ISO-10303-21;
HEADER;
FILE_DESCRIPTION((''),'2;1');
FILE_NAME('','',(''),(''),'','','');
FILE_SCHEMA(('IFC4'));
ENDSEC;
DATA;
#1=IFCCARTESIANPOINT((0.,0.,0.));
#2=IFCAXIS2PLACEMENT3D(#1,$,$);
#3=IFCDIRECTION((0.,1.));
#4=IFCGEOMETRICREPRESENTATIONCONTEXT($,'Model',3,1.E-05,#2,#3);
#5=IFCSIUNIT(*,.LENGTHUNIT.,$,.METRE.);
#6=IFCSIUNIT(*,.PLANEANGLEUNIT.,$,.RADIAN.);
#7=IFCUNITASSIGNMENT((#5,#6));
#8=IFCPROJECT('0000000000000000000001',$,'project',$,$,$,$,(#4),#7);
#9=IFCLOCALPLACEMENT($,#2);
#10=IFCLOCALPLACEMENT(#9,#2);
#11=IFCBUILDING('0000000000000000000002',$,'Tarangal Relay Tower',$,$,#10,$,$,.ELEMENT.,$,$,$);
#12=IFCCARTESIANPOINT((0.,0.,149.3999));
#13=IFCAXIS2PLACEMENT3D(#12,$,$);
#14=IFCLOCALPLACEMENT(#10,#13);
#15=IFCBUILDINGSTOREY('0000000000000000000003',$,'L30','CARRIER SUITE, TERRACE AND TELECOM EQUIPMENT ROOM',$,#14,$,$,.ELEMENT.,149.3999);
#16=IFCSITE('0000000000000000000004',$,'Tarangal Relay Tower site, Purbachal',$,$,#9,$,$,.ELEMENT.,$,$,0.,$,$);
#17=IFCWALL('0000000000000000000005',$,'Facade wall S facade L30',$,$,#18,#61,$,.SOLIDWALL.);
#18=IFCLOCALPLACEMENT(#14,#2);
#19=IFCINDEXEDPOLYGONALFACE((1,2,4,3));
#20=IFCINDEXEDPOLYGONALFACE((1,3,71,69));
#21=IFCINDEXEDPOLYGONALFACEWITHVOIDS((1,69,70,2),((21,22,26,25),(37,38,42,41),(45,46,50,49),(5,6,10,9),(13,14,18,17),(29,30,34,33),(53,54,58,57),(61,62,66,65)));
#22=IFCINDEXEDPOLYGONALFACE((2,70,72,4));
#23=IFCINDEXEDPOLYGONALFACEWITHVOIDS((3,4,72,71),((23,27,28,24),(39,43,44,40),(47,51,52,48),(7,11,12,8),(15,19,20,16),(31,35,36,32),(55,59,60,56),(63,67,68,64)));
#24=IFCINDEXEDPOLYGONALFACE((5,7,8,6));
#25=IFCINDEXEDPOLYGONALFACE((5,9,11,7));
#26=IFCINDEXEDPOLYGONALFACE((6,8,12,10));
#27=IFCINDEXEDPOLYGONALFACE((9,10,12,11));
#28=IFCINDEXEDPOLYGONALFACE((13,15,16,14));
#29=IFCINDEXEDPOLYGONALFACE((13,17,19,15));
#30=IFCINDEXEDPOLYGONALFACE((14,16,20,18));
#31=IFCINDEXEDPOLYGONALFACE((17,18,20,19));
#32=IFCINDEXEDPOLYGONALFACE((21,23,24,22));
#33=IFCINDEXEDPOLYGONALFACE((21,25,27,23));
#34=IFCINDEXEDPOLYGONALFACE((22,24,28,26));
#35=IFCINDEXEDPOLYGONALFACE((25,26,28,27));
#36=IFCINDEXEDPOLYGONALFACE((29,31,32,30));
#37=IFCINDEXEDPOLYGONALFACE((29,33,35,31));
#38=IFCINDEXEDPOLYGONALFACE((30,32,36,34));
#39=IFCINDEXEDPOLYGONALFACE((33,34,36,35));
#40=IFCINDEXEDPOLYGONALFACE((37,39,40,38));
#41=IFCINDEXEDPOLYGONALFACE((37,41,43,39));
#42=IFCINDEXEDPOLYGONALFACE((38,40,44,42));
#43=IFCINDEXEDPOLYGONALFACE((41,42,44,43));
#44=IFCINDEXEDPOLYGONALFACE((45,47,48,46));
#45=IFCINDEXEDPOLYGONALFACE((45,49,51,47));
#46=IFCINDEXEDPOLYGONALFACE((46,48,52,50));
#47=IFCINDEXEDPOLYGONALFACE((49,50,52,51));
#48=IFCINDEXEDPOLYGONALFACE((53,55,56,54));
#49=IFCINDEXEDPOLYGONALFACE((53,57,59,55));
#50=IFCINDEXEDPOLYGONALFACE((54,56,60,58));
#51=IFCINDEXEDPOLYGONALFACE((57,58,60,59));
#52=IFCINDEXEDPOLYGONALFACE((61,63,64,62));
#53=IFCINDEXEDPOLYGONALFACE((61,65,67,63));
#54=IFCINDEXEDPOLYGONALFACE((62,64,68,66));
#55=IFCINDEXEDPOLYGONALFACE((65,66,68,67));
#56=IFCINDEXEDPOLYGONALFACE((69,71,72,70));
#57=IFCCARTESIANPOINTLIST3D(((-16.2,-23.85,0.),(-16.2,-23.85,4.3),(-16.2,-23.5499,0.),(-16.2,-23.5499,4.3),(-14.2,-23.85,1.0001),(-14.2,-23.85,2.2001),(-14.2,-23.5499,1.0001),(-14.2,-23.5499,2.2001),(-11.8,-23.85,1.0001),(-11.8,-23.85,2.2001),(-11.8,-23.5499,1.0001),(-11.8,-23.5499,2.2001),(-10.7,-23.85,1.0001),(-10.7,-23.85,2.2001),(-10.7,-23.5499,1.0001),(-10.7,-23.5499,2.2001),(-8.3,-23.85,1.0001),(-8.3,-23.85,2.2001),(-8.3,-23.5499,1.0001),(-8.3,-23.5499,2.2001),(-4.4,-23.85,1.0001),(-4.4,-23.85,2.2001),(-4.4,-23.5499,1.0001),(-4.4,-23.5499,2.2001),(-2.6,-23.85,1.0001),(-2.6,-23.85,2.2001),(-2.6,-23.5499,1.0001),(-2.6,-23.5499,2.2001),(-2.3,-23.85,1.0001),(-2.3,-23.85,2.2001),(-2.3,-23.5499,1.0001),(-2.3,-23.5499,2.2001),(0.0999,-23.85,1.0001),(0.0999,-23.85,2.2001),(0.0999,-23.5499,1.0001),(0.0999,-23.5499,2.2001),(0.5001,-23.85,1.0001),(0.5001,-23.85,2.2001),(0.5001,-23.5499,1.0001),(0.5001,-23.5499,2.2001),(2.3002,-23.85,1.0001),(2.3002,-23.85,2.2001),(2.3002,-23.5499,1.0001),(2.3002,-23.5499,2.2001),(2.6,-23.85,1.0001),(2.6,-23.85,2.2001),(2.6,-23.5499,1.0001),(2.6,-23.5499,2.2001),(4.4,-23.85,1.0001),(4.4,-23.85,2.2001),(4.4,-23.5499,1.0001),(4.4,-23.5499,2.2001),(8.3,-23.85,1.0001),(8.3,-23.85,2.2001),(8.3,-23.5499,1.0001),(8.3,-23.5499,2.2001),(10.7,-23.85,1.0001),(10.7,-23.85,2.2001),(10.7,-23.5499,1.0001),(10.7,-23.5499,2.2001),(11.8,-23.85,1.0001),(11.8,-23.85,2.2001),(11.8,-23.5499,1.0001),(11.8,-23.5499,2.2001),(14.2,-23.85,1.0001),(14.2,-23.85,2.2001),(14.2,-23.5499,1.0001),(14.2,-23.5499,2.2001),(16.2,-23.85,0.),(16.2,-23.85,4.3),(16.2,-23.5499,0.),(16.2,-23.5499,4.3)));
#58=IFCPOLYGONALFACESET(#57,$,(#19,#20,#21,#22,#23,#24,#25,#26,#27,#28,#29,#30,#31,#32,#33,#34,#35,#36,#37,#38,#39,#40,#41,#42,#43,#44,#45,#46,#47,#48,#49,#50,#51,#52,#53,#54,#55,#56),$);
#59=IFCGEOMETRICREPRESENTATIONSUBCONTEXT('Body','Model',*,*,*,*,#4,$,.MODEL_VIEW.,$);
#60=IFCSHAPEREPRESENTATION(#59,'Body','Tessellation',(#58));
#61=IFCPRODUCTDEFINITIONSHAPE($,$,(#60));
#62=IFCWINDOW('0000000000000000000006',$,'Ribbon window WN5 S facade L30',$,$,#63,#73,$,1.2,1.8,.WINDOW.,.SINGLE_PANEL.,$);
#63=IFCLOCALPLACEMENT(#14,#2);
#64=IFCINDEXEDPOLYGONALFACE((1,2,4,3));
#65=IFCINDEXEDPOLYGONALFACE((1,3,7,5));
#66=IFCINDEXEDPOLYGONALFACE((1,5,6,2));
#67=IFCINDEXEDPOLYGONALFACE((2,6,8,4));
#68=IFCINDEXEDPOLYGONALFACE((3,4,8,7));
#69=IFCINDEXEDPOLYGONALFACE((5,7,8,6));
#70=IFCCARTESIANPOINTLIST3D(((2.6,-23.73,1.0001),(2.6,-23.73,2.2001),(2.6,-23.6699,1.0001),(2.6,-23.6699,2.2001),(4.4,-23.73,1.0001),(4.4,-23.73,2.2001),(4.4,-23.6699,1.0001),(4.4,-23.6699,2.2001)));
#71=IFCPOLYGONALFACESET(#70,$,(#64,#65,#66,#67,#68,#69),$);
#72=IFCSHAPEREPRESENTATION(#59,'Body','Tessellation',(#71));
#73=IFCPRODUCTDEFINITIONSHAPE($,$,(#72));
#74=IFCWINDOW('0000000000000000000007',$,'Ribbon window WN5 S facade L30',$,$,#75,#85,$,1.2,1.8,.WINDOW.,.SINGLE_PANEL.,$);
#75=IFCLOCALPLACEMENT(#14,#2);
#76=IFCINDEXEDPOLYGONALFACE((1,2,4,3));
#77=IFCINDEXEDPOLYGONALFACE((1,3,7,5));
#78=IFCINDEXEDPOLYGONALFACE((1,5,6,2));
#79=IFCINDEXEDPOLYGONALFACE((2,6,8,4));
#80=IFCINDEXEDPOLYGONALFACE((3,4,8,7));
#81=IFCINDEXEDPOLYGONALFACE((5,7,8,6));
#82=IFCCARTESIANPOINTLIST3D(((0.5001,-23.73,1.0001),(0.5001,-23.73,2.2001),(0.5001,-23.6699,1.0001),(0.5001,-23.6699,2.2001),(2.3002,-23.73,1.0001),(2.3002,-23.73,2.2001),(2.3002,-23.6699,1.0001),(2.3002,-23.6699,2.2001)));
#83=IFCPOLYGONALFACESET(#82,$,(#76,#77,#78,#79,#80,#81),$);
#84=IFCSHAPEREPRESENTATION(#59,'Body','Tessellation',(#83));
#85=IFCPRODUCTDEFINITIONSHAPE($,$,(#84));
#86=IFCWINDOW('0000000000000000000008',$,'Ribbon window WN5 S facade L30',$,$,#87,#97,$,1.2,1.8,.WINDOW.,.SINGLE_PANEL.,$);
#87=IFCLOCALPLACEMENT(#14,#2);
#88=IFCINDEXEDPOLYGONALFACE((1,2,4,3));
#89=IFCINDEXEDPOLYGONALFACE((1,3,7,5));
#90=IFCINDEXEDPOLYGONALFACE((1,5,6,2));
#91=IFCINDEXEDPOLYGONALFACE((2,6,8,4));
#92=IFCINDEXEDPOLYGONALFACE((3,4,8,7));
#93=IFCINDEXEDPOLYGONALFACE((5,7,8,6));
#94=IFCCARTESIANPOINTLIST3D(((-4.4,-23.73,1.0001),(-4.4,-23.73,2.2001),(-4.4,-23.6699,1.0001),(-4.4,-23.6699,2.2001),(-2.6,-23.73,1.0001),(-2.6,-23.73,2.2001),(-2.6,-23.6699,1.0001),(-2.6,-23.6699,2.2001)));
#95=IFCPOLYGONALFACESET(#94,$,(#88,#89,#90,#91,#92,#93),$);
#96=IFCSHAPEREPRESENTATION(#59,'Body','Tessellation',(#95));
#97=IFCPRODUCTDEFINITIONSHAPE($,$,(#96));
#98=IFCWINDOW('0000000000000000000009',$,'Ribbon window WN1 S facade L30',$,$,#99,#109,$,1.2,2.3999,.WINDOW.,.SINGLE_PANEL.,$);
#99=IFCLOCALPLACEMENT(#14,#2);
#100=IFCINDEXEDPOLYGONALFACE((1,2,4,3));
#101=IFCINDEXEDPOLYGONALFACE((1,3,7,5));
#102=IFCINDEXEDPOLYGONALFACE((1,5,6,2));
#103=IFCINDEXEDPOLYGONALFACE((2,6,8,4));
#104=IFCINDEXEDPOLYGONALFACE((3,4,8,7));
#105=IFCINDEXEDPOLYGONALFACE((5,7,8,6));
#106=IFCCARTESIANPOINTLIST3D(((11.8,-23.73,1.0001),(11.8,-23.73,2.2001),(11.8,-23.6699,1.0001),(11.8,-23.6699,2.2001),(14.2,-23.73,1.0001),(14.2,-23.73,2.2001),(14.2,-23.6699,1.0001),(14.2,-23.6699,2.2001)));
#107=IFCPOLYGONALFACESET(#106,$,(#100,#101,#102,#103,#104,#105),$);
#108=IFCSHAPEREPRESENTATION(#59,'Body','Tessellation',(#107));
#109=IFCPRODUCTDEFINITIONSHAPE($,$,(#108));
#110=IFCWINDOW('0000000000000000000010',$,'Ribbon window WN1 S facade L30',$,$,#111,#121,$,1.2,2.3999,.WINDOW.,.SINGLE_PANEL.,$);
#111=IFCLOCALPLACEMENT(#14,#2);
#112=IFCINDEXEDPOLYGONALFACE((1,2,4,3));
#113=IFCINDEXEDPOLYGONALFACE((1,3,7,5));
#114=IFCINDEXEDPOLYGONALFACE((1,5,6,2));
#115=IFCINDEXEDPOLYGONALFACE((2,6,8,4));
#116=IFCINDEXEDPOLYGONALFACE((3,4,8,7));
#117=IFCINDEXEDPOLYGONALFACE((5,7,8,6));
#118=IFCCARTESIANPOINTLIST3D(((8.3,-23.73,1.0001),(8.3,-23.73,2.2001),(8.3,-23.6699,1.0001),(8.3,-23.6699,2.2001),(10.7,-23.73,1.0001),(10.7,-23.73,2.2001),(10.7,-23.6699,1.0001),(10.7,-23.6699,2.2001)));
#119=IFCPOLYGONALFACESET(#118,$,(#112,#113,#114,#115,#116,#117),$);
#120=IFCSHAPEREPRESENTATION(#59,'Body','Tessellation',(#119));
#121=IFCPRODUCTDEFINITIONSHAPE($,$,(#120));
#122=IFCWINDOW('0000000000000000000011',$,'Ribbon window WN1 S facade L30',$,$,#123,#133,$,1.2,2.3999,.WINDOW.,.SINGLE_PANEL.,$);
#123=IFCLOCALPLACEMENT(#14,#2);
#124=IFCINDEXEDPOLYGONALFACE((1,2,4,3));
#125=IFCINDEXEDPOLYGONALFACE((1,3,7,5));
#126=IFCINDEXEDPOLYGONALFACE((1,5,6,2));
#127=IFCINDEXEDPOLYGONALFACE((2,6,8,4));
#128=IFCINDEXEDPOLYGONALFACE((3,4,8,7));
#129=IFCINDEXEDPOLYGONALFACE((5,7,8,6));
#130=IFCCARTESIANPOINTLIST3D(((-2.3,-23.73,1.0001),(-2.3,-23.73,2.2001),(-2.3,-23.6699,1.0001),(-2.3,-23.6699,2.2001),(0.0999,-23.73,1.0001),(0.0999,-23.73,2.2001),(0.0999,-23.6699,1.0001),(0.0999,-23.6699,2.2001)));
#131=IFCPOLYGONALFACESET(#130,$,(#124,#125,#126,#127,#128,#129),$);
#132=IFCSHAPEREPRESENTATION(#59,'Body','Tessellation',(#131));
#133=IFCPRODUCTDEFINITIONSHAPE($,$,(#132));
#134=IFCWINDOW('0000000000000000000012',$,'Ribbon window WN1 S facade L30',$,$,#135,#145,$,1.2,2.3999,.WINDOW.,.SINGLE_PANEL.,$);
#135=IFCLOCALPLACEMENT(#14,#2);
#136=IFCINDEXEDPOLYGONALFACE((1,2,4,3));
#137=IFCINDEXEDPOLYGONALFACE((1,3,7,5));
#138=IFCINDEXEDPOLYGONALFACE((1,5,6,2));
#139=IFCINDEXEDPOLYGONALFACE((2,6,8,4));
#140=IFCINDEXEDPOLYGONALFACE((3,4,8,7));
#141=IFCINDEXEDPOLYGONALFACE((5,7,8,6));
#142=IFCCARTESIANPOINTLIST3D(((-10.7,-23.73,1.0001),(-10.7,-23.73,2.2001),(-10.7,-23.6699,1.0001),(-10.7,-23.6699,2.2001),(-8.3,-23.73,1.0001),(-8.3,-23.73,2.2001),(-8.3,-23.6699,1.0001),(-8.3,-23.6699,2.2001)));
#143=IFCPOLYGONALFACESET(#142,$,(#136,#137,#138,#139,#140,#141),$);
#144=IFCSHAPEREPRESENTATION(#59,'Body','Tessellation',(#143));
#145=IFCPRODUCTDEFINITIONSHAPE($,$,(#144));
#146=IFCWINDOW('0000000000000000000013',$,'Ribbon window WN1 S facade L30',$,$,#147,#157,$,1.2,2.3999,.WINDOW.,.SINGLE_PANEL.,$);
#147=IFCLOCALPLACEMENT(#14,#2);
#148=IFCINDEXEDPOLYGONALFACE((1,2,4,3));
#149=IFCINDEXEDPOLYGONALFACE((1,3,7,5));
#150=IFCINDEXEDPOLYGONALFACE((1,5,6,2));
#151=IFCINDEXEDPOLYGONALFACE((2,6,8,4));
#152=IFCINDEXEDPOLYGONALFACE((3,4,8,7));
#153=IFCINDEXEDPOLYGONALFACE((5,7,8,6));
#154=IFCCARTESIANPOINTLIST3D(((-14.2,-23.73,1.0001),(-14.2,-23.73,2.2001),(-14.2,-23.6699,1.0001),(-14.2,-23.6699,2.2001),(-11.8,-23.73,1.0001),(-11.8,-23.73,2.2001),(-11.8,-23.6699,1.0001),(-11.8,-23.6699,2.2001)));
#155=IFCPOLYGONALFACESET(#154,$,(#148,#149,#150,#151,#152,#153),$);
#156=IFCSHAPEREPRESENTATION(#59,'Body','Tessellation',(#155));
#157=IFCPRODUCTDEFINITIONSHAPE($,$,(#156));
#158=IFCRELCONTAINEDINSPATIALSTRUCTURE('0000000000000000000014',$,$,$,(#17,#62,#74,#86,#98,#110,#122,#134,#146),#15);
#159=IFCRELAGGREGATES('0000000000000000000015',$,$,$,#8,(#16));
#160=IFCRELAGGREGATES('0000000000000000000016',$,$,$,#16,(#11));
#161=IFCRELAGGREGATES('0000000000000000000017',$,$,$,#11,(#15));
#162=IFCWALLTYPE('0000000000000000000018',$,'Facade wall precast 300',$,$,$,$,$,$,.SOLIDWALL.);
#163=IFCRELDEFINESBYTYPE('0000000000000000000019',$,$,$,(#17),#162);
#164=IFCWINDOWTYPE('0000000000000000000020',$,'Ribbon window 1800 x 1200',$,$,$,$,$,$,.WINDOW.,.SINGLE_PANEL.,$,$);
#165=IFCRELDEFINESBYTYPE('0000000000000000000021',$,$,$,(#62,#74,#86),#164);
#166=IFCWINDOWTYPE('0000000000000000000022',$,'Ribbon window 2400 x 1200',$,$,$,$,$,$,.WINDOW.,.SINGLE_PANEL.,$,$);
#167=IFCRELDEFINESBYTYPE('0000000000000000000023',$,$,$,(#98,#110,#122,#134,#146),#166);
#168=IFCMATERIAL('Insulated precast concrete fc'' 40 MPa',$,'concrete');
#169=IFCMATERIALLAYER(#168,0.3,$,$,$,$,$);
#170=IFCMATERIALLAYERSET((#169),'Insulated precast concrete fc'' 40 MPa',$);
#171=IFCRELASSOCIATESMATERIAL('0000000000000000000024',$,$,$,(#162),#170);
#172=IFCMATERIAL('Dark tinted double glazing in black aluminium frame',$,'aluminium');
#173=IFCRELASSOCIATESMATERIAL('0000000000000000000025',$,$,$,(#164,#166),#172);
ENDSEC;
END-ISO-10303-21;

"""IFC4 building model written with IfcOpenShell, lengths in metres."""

from ifc_helpers import new_model, si_unit, direction, frame, frame_2d, origin, place, context, subcontext, project, spatial, rectangle, extrude, material, layer, layer_set, type_object, element, fill, save


model = new_model("IFC4")

# Units and contexts
model_context = context("Model", 3, precision=1e-05, world=origin(), true_north=direction((0.0, 1.0)))
body_context = subcontext(model_context, "Body", "Model", "MODEL_VIEW")
ifc_project = project(units=[si_unit("LENGTHUNIT", "METRE"), si_unit("PLANEANGLEUNIT", "RADIAN")], contexts=[model_context])

# Site, building, storey
site_placement = place(None, origin())
site = spatial("IfcSite", under=ifc_project, at=site_placement, Name="Tarangal Relay Tower site, Purbachal", CompositionType="ELEMENT", RefElevation=0.0)
building_placement = place(site_placement, origin())
building = spatial("IfcBuilding", under=site, at=building_placement, Name="Tarangal Relay Tower", CompositionType="ELEMENT")
storey_placement = place(building_placement, frame((0.0, 0.0, 149.3999)))
storey = spatial("IfcBuildingStorey", under=building, at=storey_placement, Name="L30", Description="CARRIER SUITE, TERRACE AND TELECOM EQUIPMENT ROOM", CompositionType="ELEMENT", Elevation=149.3999)

# Shared definitions
ifc_material_1 = material(Name="Insulated precast concrete fc' 40 MPa", Category="concrete")
ifc_layer_1 = layer(ifc_material_1, 0.3)
ifc_layer_set_1 = layer_set([ifc_layer_1], Name="Insulated precast concrete fc' 40 MPa")
wall_type_1 = type_object("IfcWallType", Name="Facade wall precast 300", PredefinedType="SOLIDWALL", material=ifc_layer_set_1)

# Wall, openings, windows
wall_1_placement = place(storey_placement, frame((16.2, -23.7, 0.0), z_axis=(0.0, 0.0, 1.0), x_axis=(-1.0, 0.0, 0.0)))
wall_1 = element("IfcWall", 1, at=wall_1_placement, inside=storey, type_object=wall_type_1, Name="Facade wall S facade L30", PredefinedType="SOLIDWALL", context=body_context, shape_type="SweptSolid", body=[
    extrude(rectangle(XDim=32.3999, YDim=0.3, at=frame_2d((16.2, 0.0))), origin(), (0.0, 0.0, 1.0), 4.3),
])
opening_1_placement = place(wall_1_placement, frame((2.0, 0.0, 1.0)))
opening_1 = element("IfcOpeningElement", 2, at=opening_1_placement, cuts=wall_1, PredefinedType="OPENING", context=body_context, shape_type="SweptSolid", body=[
    extrude(rectangle(XDim=2.3999, YDim=1.2, at=frame_2d((1.2, 0.6001))), frame((0.0, 0.1599, 0.0), z_axis=(0.0, -1.0, 0.0), x_axis=(1.0, 0.0, 0.0)), (0.0, 0.0, 1.0), 0.3201),
])
opening_2_placement = place(wall_1_placement, frame((5.5, 0.0, 1.0)))
opening_2 = element("IfcOpeningElement", 3, at=opening_2_placement, cuts=wall_1, PredefinedType="OPENING", context=body_context, shape_type="SweptSolid", body=[
    extrude(rectangle(XDim=2.3999, YDim=1.2, at=frame_2d((1.2, 0.6001))), frame((0.0, 0.1599, 0.0), z_axis=(0.0, -1.0, 0.0), x_axis=(1.0, 0.0, 0.0)), (0.0, 0.0, 1.0), 0.3201),
])
opening_3_placement = place(wall_1_placement, frame((11.8, 0.0, 1.0)))
opening_3 = element("IfcOpeningElement", 4, at=opening_3_placement, cuts=wall_1, PredefinedType="OPENING", context=body_context, shape_type="SweptSolid", body=[
    extrude(rectangle(XDim=1.8, YDim=1.2, at=frame_2d((0.8999, 0.6001))), frame((0.0, 0.1599, 0.0), z_axis=(0.0, -1.0, 0.0), x_axis=(1.0, 0.0, 0.0)), (0.0, 0.0, 1.0), 0.3201),
])
opening_4_placement = place(wall_1_placement, frame((13.8999, 0.0, 1.0)))
opening_4 = element("IfcOpeningElement", 5, at=opening_4_placement, cuts=wall_1, PredefinedType="OPENING", context=body_context, shape_type="SweptSolid", body=[
    extrude(rectangle(XDim=1.8, YDim=1.2, at=frame_2d((0.8999, 0.6001))), frame((0.0, 0.1599, 0.0), z_axis=(0.0, -1.0, 0.0), x_axis=(1.0, 0.0, 0.0)), (0.0, 0.0, 1.0), 0.3201),
])
opening_5_placement = place(wall_1_placement, frame((16.1001, 0.0, 1.0)))
opening_5 = element("IfcOpeningElement", 6, at=opening_5_placement, cuts=wall_1, PredefinedType="OPENING", context=body_context, shape_type="SweptSolid", body=[
    extrude(rectangle(XDim=2.3999, YDim=1.2, at=frame_2d((1.2, 0.6001))), frame((0.0, 0.1599, 0.0), z_axis=(0.0, -1.0, 0.0), x_axis=(1.0, 0.0, 0.0)), (0.0, 0.0, 1.0), 0.3201),
])
opening_6_placement = place(wall_1_placement, frame((18.8, 0.0, 1.0)))
opening_6 = element("IfcOpeningElement", 7, at=opening_6_placement, cuts=wall_1, PredefinedType="OPENING", context=body_context, shape_type="SweptSolid", body=[
    extrude(rectangle(XDim=1.8, YDim=1.2, at=frame_2d((0.8999, 0.6001))), frame((0.0, 0.1599, 0.0), z_axis=(0.0, -1.0, 0.0), x_axis=(1.0, 0.0, 0.0)), (0.0, 0.0, 1.0), 0.3201),
])
opening_7_placement = place(wall_1_placement, frame((24.5, 0.0, 1.0)))
opening_7 = element("IfcOpeningElement", 8, at=opening_7_placement, cuts=wall_1, PredefinedType="OPENING", context=body_context, shape_type="SweptSolid", body=[
    extrude(rectangle(XDim=2.3999, YDim=1.2, at=frame_2d((1.2, 0.6001))), frame((0.0, 0.1599, 0.0), z_axis=(0.0, -1.0, 0.0), x_axis=(1.0, 0.0, 0.0)), (0.0, 0.0, 1.0), 0.3201),
])
opening_8_placement = place(wall_1_placement, frame((28.0, 0.0, 1.0)))
opening_8 = element("IfcOpeningElement", 9, at=opening_8_placement, cuts=wall_1, PredefinedType="OPENING", context=body_context, shape_type="SweptSolid", body=[
    extrude(rectangle(XDim=2.3999, YDim=1.2, at=frame_2d((1.2, 0.6001))), frame((0.0, 0.1599, 0.0), z_axis=(0.0, -1.0, 0.0), x_axis=(1.0, 0.0, 0.0)), (0.0, 0.0, 1.0), 0.3201),
])
ifc_material_2 = material(Name="Dark tinted double glazing in black aluminium frame", Category="aluminium")
window_type_1 = type_object("IfcWindowType", Name="Ribbon window 1800 x 1200", PartitioningType="SINGLE_PANEL", PredefinedType="WINDOW", material=ifc_material_2)
window_1_placement = place(opening_3_placement, origin())
window_1 = element("IfcWindow", 10, at=window_1_placement, inside=storey, type_object=window_type_1, Name="Ribbon window WN5 S facade L30", OverallHeight=1.2, OverallWidth=1.8, PartitioningType="SINGLE_PANEL", PredefinedType="WINDOW", context=body_context, shape_type="SweptSolid", body=[
    extrude(rectangle(XDim=1.8, YDim=1.2, at=frame_2d((0.8999, 0.6001))), frame((0.0, 0.03, 0.0), z_axis=(0.0, -1.0, 0.0), x_axis=(1.0, 0.0, 0.0)), (0.0, 0.0, 1.0), 0.0601),
])
fill(opening_3, window_1)
window_2_placement = place(opening_4_placement, origin())
window_2 = element("IfcWindow", 11, at=window_2_placement, inside=storey, type_object=window_type_1, Name="Ribbon window WN5 S facade L30", OverallHeight=1.2, OverallWidth=1.8, PartitioningType="SINGLE_PANEL", PredefinedType="WINDOW", context=body_context, shape_type="SweptSolid", body=[
    extrude(rectangle(XDim=1.8, YDim=1.2, at=frame_2d((0.8999, 0.6001))), frame((0.0, 0.03, 0.0), z_axis=(0.0, -1.0, 0.0), x_axis=(1.0, 0.0, 0.0)), (0.0, 0.0, 1.0), 0.0601),
])
fill(opening_4, window_2)
window_3_placement = place(opening_6_placement, origin())
window_3 = element("IfcWindow", 12, at=window_3_placement, inside=storey, type_object=window_type_1, Name="Ribbon window WN5 S facade L30", OverallHeight=1.2, OverallWidth=1.8, PartitioningType="SINGLE_PANEL", PredefinedType="WINDOW", context=body_context, shape_type="SweptSolid", body=[
    extrude(rectangle(XDim=1.8, YDim=1.2, at=frame_2d((0.8999, 0.6001))), frame((0.0, 0.03, 0.0), z_axis=(0.0, -1.0, 0.0), x_axis=(1.0, 0.0, 0.0)), (0.0, 0.0, 1.0), 0.0601),
])
fill(opening_6, window_3)
window_type_2 = type_object("IfcWindowType", Name="Ribbon window 2400 x 1200", PartitioningType="SINGLE_PANEL", PredefinedType="WINDOW", material=ifc_material_2)
window_4_placement = place(opening_1_placement, origin())
window_4 = element("IfcWindow", 13, at=window_4_placement, inside=storey, type_object=window_type_2, Name="Ribbon window WN1 S facade L30", OverallHeight=1.2, OverallWidth=2.3999, PartitioningType="SINGLE_PANEL", PredefinedType="WINDOW", context=body_context, shape_type="SweptSolid", body=[
    extrude(rectangle(XDim=2.3999, YDim=1.2, at=frame_2d((1.2, 0.6001))), frame((0.0, 0.03, 0.0), z_axis=(0.0, -1.0, 0.0), x_axis=(1.0, 0.0, 0.0)), (0.0, 0.0, 1.0), 0.0601),
])
fill(opening_1, window_4)
window_5_placement = place(opening_2_placement, origin())
window_5 = element("IfcWindow", 14, at=window_5_placement, inside=storey, type_object=window_type_2, Name="Ribbon window WN1 S facade L30", OverallHeight=1.2, OverallWidth=2.3999, PartitioningType="SINGLE_PANEL", PredefinedType="WINDOW", context=body_context, shape_type="SweptSolid", body=[
    extrude(rectangle(XDim=2.3999, YDim=1.2, at=frame_2d((1.2, 0.6001))), frame((0.0, 0.03, 0.0), z_axis=(0.0, -1.0, 0.0), x_axis=(1.0, 0.0, 0.0)), (0.0, 0.0, 1.0), 0.0601),
])
fill(opening_2, window_5)
window_6_placement = place(opening_5_placement, origin())
window_6 = element("IfcWindow", 15, at=window_6_placement, inside=storey, type_object=window_type_2, Name="Ribbon window WN1 S facade L30", OverallHeight=1.2, OverallWidth=2.3999, PartitioningType="SINGLE_PANEL", PredefinedType="WINDOW", context=body_context, shape_type="SweptSolid", body=[
    extrude(rectangle(XDim=2.3999, YDim=1.2, at=frame_2d((1.2, 0.6001))), frame((0.0, 0.03, 0.0), z_axis=(0.0, -1.0, 0.0), x_axis=(1.0, 0.0, 0.0)), (0.0, 0.0, 1.0), 0.0601),
])
fill(opening_5, window_6)
window_7_placement = place(opening_7_placement, origin())
window_7 = element("IfcWindow", 16, at=window_7_placement, inside=storey, type_object=window_type_2, Name="Ribbon window WN1 S facade L30", OverallHeight=1.2, OverallWidth=2.3999, PartitioningType="SINGLE_PANEL", PredefinedType="WINDOW", context=body_context, shape_type="SweptSolid", body=[
    extrude(rectangle(XDim=2.3999, YDim=1.2, at=frame_2d((1.2, 0.6001))), frame((0.0, 0.03, 0.0), z_axis=(0.0, -1.0, 0.0), x_axis=(1.0, 0.0, 0.0)), (0.0, 0.0, 1.0), 0.0601),
])
fill(opening_7, window_7)
window_8_placement = place(opening_8_placement, origin())
window_8 = element("IfcWindow", 17, at=window_8_placement, inside=storey, type_object=window_type_2, Name="Ribbon window WN1 S facade L30", OverallHeight=1.2, OverallWidth=2.3999, PartitioningType="SINGLE_PANEL", PredefinedType="WINDOW", context=body_context, shape_type="SweptSolid", body=[
    extrude(rectangle(XDim=2.3999, YDim=1.2, at=frame_2d((1.2, 0.6001))), frame((0.0, 0.03, 0.0), z_axis=(0.0, -1.0, 0.0), x_axis=(1.0, 0.0, 0.0)), (0.0, 0.0, 1.0), 0.0601),
])
fill(opening_8, window_8)

save(model, "model.ifc")
